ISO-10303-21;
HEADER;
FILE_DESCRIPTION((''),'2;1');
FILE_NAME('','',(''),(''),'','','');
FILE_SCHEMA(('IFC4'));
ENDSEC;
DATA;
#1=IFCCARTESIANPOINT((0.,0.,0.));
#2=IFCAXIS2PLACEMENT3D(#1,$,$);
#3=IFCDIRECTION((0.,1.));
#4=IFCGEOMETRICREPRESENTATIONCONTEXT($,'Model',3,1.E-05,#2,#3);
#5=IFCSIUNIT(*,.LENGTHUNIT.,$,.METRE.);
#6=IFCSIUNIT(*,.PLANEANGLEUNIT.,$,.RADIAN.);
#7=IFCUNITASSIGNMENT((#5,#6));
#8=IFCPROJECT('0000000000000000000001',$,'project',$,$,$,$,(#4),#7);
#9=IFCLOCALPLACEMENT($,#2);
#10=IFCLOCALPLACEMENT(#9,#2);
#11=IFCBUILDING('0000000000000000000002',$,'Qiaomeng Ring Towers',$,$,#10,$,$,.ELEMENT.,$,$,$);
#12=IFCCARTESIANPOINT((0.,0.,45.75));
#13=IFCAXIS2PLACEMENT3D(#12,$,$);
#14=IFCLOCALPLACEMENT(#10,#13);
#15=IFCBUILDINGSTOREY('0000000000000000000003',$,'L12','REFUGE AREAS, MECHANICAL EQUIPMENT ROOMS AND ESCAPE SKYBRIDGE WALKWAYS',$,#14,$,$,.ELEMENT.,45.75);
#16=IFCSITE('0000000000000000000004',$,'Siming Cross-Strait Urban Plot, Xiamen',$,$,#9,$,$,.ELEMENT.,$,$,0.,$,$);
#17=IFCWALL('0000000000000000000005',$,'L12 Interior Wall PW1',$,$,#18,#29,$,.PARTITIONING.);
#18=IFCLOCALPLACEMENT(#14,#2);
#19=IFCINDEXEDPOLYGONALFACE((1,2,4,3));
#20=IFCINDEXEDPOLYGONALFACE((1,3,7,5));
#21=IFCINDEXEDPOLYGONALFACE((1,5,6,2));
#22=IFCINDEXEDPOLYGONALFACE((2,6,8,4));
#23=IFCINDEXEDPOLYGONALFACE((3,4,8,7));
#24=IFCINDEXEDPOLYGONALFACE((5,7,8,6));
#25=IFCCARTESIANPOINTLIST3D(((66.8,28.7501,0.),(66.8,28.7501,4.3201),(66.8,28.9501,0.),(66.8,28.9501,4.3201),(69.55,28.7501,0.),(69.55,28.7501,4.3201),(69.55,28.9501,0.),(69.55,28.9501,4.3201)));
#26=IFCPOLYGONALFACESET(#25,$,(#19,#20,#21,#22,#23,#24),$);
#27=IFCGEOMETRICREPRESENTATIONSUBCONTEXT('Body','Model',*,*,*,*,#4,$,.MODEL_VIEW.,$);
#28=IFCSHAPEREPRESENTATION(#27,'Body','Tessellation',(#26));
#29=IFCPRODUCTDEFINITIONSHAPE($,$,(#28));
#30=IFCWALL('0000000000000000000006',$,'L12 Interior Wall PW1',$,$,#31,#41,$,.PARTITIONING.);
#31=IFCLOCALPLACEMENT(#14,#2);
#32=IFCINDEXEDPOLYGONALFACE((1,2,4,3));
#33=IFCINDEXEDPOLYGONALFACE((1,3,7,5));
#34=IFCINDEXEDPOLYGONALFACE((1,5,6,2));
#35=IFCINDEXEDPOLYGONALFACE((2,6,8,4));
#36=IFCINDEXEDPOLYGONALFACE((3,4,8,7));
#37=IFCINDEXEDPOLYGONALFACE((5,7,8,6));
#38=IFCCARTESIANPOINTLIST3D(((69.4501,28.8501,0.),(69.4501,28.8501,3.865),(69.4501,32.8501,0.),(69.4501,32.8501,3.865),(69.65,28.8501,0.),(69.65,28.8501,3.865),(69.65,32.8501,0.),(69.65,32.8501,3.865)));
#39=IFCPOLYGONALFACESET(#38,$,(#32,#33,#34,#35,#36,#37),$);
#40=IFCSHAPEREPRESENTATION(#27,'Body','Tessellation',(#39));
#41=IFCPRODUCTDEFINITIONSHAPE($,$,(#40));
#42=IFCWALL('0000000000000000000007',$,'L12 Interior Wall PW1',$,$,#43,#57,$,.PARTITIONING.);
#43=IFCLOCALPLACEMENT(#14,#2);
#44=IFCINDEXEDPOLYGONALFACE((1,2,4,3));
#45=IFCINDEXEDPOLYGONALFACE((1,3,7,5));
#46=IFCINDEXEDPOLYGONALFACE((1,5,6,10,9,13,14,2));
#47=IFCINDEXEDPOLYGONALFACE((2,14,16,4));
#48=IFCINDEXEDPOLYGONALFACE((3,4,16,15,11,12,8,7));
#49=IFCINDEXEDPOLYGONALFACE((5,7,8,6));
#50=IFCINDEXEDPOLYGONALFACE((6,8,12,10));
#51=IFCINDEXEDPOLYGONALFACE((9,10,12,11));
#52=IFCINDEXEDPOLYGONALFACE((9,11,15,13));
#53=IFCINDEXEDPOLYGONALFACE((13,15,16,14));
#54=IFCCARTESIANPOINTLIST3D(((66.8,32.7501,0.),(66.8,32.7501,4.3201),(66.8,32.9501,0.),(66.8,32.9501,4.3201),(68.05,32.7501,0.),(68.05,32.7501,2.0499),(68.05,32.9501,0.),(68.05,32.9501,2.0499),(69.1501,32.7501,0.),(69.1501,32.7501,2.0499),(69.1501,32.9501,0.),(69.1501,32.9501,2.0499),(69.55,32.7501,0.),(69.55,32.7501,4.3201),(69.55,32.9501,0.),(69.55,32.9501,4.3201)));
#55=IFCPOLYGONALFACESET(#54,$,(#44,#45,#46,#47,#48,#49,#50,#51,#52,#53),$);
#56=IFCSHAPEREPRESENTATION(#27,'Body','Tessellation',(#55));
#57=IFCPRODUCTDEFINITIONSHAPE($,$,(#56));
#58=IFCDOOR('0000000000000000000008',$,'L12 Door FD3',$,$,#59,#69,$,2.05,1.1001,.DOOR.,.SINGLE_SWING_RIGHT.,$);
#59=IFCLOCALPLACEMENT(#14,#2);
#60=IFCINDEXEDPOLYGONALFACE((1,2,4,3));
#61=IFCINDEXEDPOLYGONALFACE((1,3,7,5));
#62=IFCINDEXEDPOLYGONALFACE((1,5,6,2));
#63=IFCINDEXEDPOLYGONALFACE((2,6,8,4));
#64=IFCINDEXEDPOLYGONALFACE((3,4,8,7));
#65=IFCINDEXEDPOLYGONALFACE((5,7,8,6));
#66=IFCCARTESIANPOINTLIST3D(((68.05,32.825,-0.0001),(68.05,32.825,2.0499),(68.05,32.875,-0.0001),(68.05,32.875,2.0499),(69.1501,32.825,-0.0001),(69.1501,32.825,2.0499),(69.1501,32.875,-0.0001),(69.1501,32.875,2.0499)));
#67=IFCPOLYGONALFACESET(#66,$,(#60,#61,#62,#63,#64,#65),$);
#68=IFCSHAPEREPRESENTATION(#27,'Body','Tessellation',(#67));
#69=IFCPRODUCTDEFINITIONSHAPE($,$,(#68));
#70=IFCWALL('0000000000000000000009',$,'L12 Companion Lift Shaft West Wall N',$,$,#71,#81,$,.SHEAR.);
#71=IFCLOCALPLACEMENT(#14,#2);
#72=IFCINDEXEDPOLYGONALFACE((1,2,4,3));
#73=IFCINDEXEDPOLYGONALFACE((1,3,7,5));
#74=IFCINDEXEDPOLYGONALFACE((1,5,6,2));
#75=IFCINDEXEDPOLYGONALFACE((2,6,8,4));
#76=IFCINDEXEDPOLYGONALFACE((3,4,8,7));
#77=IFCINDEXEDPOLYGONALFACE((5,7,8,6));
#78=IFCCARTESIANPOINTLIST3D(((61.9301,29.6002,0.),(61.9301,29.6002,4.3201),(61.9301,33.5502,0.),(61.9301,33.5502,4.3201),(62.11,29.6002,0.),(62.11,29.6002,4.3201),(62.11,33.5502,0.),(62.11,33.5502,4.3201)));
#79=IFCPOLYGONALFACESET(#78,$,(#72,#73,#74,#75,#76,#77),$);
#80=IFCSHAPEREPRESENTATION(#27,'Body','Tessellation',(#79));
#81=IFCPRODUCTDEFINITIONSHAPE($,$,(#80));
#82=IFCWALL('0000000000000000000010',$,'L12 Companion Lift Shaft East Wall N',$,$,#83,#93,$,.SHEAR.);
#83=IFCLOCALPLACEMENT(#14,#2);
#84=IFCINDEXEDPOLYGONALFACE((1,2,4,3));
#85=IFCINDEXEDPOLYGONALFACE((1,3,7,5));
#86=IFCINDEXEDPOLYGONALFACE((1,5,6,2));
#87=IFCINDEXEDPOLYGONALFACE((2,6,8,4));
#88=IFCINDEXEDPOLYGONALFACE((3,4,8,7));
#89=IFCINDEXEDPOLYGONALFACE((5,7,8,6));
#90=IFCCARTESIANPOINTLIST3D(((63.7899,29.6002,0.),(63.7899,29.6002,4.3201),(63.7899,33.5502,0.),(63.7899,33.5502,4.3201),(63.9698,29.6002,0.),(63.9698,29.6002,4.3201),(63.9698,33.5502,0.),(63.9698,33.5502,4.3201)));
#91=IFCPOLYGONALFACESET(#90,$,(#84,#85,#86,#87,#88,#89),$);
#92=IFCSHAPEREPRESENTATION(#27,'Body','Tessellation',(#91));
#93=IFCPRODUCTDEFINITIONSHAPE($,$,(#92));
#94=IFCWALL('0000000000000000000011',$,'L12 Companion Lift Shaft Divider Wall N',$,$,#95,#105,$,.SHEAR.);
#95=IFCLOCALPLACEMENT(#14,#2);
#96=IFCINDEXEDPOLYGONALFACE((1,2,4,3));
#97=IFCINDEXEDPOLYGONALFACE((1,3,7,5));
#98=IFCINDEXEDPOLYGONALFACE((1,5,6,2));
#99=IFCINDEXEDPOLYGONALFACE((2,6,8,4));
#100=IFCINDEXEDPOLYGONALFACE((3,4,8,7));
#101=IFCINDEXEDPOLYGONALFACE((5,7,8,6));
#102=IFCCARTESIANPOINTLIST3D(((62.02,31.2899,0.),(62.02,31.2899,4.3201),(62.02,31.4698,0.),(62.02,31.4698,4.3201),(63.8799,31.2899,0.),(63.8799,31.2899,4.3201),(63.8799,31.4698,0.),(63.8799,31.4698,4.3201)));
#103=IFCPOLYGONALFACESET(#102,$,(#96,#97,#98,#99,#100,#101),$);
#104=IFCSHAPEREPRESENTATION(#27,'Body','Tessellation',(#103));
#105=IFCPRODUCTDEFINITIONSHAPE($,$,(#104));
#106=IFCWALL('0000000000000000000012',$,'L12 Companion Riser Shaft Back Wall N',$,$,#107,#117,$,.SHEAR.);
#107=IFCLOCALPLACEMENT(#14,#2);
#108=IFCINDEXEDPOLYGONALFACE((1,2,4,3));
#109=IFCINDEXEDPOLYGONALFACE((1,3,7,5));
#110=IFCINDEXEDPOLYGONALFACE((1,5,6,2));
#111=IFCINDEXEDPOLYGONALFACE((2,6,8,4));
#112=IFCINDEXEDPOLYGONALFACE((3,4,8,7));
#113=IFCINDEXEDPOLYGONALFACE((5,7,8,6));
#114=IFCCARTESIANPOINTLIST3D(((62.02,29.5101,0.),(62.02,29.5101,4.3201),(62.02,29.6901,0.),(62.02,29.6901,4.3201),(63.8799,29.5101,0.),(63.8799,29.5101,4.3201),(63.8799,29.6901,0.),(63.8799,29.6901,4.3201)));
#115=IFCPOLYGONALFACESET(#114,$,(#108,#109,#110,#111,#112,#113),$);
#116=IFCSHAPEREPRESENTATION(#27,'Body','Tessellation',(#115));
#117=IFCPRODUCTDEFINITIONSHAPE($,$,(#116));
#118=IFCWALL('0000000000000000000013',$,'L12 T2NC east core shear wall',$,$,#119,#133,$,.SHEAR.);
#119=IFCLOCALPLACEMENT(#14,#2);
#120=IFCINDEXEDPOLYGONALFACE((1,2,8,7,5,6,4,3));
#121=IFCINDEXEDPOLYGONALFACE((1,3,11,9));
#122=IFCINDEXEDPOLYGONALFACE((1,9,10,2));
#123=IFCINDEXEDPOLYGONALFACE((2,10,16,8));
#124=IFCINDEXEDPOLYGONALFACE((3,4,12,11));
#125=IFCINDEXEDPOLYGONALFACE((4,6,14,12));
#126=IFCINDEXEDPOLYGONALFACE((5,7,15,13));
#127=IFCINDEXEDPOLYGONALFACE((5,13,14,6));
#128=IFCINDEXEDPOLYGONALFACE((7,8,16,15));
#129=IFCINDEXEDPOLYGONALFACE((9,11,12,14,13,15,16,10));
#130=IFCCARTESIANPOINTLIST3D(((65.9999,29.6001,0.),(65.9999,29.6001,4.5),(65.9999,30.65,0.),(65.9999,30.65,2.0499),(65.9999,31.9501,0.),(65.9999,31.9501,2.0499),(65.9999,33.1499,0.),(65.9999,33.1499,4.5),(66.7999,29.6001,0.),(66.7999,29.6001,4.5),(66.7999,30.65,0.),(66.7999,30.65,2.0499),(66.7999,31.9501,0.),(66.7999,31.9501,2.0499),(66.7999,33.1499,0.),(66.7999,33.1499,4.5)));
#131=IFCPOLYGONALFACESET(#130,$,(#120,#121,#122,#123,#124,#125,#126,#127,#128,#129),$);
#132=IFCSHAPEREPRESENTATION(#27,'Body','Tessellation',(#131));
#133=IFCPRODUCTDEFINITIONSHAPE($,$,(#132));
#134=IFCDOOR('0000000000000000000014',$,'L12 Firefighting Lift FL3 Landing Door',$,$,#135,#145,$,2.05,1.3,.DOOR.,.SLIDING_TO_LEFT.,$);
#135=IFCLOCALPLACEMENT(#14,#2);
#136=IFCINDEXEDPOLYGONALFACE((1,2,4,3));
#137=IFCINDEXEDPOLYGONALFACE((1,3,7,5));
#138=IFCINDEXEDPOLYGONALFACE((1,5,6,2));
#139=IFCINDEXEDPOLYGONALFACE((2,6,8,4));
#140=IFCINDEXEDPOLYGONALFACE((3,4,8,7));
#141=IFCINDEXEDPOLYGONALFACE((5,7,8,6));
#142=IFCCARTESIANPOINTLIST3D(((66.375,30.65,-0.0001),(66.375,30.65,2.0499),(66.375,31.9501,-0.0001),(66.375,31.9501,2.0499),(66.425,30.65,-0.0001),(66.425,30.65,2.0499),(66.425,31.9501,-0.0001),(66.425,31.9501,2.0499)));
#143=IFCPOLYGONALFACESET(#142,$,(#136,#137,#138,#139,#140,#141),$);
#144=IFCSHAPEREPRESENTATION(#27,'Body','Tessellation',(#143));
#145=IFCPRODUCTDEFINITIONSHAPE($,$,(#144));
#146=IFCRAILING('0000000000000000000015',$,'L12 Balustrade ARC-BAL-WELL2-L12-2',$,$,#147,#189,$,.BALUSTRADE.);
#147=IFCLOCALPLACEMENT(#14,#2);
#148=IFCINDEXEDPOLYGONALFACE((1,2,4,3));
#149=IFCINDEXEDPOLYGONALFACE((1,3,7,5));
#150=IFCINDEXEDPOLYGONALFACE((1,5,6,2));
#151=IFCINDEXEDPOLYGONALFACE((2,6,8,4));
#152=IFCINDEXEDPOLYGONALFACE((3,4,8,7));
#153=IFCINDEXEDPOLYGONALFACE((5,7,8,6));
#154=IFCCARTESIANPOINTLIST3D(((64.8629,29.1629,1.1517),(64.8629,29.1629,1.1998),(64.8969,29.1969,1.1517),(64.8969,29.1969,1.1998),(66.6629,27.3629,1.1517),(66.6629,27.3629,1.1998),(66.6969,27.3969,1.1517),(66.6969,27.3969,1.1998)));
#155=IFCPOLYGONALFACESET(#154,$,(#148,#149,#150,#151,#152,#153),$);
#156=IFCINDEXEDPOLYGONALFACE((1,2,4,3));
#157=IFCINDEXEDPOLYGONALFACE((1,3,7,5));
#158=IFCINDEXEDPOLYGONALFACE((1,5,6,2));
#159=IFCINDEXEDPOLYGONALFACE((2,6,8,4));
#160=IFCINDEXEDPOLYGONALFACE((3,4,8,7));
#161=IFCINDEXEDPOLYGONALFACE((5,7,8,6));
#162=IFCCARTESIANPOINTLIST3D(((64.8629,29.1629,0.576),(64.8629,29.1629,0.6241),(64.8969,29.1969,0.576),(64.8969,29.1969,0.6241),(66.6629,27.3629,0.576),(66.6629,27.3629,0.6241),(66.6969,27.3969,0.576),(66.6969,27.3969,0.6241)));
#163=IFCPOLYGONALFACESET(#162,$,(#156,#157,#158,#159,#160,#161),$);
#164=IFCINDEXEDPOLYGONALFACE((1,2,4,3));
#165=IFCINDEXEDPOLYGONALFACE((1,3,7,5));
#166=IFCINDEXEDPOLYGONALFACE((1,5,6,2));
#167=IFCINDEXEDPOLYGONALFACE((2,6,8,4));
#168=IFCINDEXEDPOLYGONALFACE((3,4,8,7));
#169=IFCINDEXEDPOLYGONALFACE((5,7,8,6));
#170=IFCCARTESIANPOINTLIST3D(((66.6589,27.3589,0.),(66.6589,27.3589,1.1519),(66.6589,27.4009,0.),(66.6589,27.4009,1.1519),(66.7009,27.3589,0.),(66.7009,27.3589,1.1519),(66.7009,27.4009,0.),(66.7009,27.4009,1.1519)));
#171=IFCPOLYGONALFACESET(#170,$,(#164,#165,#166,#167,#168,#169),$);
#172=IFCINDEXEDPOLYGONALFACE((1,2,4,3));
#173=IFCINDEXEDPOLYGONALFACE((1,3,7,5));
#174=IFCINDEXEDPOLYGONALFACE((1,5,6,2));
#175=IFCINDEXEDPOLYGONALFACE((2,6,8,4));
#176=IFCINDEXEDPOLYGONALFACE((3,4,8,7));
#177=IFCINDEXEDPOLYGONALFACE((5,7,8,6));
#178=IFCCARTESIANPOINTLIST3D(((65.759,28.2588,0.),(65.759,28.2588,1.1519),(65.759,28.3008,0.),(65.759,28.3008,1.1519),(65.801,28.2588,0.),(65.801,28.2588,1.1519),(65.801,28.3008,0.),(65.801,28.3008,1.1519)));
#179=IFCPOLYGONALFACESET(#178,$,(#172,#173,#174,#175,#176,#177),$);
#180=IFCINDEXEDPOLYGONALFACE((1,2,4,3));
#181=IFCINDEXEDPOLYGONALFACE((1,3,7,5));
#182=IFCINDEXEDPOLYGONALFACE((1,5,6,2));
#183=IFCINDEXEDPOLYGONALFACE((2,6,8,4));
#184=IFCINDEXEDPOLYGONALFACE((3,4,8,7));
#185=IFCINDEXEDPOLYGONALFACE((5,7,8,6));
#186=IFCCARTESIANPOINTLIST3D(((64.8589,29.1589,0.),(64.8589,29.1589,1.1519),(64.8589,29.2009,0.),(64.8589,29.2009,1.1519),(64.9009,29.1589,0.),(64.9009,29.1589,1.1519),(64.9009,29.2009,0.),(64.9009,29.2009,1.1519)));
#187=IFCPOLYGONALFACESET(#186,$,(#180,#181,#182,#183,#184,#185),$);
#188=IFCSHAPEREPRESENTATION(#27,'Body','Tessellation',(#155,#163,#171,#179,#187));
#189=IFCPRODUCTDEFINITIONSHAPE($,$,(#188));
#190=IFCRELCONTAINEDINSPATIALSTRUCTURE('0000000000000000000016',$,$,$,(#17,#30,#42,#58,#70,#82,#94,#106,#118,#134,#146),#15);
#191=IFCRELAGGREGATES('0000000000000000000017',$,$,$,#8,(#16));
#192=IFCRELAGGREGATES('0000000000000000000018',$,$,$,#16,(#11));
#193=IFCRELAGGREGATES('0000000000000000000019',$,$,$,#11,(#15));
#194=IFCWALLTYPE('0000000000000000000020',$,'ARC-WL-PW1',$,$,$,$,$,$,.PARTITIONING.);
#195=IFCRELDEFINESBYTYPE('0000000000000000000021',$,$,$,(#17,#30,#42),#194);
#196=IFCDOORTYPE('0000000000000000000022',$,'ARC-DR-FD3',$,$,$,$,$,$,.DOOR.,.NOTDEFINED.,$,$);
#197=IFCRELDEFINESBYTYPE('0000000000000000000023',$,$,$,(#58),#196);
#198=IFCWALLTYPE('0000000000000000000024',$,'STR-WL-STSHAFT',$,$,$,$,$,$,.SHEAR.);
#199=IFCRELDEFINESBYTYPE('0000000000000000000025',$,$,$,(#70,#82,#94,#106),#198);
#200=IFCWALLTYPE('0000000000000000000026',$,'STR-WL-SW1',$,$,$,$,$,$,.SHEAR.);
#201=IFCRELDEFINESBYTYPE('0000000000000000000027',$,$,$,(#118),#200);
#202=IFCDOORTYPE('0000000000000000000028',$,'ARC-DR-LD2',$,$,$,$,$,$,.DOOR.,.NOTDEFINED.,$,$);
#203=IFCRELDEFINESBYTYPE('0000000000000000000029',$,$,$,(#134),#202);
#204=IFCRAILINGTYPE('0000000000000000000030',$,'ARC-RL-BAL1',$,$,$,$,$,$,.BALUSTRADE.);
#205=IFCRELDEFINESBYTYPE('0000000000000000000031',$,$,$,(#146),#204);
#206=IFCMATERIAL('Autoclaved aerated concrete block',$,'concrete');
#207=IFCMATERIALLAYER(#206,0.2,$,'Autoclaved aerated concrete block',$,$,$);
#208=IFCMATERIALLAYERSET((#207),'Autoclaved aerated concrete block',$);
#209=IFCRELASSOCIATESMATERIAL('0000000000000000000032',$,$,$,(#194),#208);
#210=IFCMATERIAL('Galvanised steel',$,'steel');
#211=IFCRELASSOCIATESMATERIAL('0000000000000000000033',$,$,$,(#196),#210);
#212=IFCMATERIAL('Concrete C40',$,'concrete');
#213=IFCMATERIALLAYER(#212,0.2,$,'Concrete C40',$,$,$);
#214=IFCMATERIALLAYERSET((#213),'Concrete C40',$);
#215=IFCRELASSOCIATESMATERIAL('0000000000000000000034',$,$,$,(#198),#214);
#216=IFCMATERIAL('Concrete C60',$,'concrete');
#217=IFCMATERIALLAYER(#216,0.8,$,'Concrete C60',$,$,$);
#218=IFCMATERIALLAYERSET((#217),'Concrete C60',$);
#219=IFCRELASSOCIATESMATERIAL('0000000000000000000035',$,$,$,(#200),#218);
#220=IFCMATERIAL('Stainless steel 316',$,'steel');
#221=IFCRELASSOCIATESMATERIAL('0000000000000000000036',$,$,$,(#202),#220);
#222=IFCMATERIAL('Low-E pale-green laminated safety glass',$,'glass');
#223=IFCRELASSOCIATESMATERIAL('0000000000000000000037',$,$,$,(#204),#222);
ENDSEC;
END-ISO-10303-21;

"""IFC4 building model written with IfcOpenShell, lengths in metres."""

from ifc_helpers import new_model, si_unit, direction, frame, frame_2d, origin, origin_2d, place, context, subcontext, project, spatial, rectangle, extrude, source, transform, mapped, material, layer, layer_set, type_object, element, fill, save


model = new_model("IFC4")

# Units and contexts
model_context = context("Model", 3, precision=1e-05, world=origin(), true_north=direction((0.0, 1.0)))
body_context = subcontext(model_context, "Body", "Model", "MODEL_VIEW")
ifc_project = project(units=[si_unit("LENGTHUNIT", "METRE"), si_unit("PLANEANGLEUNIT", "RADIAN")], contexts=[model_context])

# Site, building, storey
site_placement = place(None, origin())
site = spatial("IfcSite", under=ifc_project, at=site_placement, Name="Siming Cross-Strait Urban Plot, Xiamen", CompositionType="ELEMENT", RefElevation=0.0)
building_placement = place(site_placement, origin())
building = spatial("IfcBuilding", under=site, at=building_placement, Name="Qiaomeng Ring Towers", CompositionType="ELEMENT")
storey_placement = place(building_placement, frame((0.0, 0.0, 45.75)))
storey = spatial("IfcBuildingStorey", under=building, at=storey_placement, Name="L12", Description="REFUGE AREAS, MECHANICAL EQUIPMENT ROOMS AND ESCAPE SKYBRIDGE WALKWAYS", CompositionType="ELEMENT", Elevation=45.75)

# Shared definitions
ifc_material_1 = material(Name="Concrete C60", Category="concrete")

# Walls
ifc_material_2 = material(Name="Autoclaved aerated concrete block", Category="concrete")
ifc_layer_1 = layer(ifc_material_2, 0.2, Name="Autoclaved aerated concrete block")
ifc_layer_set_1 = layer_set([ifc_layer_1], Name="Autoclaved aerated concrete block")
wall_type_1 = type_object("IfcWallType", Name="ARC-WL-PW1", PredefinedType="PARTITIONING", material=ifc_layer_set_1)
wall_1_placement = place(storey_placement, frame((66.8, 28.8501, 0.0), z_axis=(0.0, 0.0, 1.0), x_axis=(1.0, 0.0, 0.0)))
element("IfcWall", 1, at=wall_1_placement, inside=storey, type_object=wall_type_1, Name="L12 Interior Wall PW1", PredefinedType="PARTITIONING", context=body_context, shape_type="SweptSolid", body=[
    extrude(rectangle(XDim=2.75, YDim=0.2, at=frame_2d((1.375, 0.0))), origin(), (0.0, 0.0, 1.0), 4.3201),
])
wall_2_placement = place(storey_placement, frame((69.55, 28.8501, 0.0), z_axis=(0.0, 0.0, 1.0), x_axis=(0.0, 1.0, 0.0)))
element("IfcWall", 2, at=wall_2_placement, inside=storey, type_object=wall_type_1, Name="L12 Interior Wall PW1", PredefinedType="PARTITIONING", context=body_context, shape_type="SweptSolid", body=[
    extrude(rectangle(XDim=4.0, YDim=0.2, at=frame_2d((2.0, 0.0))), origin(), (0.0, 0.0, 1.0), 3.865),
])

# Wall, opening, door
wall_3_placement = place(storey_placement, frame((66.8, 32.8501, 0.0), z_axis=(0.0, 0.0, 1.0), x_axis=(1.0, 0.0, 0.0)))
wall_3 = element("IfcWall", 3, at=wall_3_placement, inside=storey, type_object=wall_type_1, Name="L12 Interior Wall PW1", PredefinedType="PARTITIONING", context=body_context, shape_type="SweptSolid", body=[
    extrude(rectangle(XDim=2.75, YDim=0.2, at=frame_2d((1.375, 0.0))), origin(), (0.0, 0.0, 1.0), 4.3201),
])
opening_1_placement = place(wall_3_placement, frame((1.25, 0.0, 0.0)))
opening_1 = element("IfcOpeningElement", 4, at=opening_1_placement, cuts=wall_3, PredefinedType="OPENING", context=body_context, shape_type="SweptSolid", body=[
    extrude(rectangle(XDim=1.1001, YDim=2.05, at=frame_2d((0.55, 1.0249))), frame((0.0, 0.1099, 0.0), z_axis=(0.0, -1.0, 0.0), x_axis=(1.0, 0.0, 0.0)), (0.0, 0.0, 1.0), 0.22),
])
ifc_material_3 = material(Name="Galvanised steel", Category="steel")
door_type_1 = type_object("IfcDoorType", Name="ARC-DR-FD3", OperationType="NOTDEFINED", PredefinedType="DOOR", material=ifc_material_3)
shared_shape_1 = source(origin(), body_context, "Body", "SweptSolid", [
    extrude(rectangle(XDim=1.1001, YDim=2.05, at=frame_2d((0.55, 1.0249))), frame((0.0, 0.0249, 0.0), z_axis=(0.0, -1.0, 0.0), x_axis=(1.0, 0.0, 0.0)), (0.0, 0.0, 1.0), 0.05),
])
door_1_placement = place(opening_1_placement, origin())
door_1 = element("IfcDoor", 5, at=door_1_placement, inside=storey, type_object=door_type_1, Name="L12 Door FD3", OperationType="SINGLE_SWING_RIGHT", OverallHeight=2.05, OverallWidth=1.1001, PredefinedType="DOOR", context=body_context, shape_type="MappedRepresentation", body=[
    mapped(shared_shape_1, transform((0.0, 0.0, 0.0), x_axis=(1.0, 0.0, 0.0), y_axis=(0.0, 1.0, 0.0), z_axis=(0.0, 0.0, 1.0), scale=1.0)),
])
fill(opening_1, door_1)

# Walls
ifc_material_4 = material(Name="Concrete C40", Category="concrete")
ifc_layer_2 = layer(ifc_material_4, 0.2, Name="Concrete C40")
ifc_layer_set_2 = layer_set([ifc_layer_2], Name="Concrete C40")
wall_type_2 = type_object("IfcWallType", Name="STR-WL-STSHAFT", PredefinedType="SHEAR", material=ifc_layer_set_2)
for number, where, z_axis, x_axis, name in (
    (6, (62.02, 29.6001, 0.0), (0.0, 0.0, 1.0), (0.0, 1.0, 0.0), "L12 Companion Lift Shaft West Wall N"),
    (7, (63.8799, 29.6001, 0.0), (0.0, 0.0, 1.0), (0.0, 1.0, 0.0), "L12 Companion Lift Shaft East Wall N"),
):
    element("IfcWall", number, at=place(storey_placement, frame(where, z_axis=z_axis, x_axis=x_axis)), inside=storey, type_object=wall_type_2, Name=name, PredefinedType="SHEAR", context=body_context, shape_type="SweptSolid", body=[
        extrude(rectangle(XDim=3.95, YDim=0.1799, at=frame_2d((1.9751, 0.0))), origin(), (0.0, 0.0, 1.0), 4.3201),
    ])
for number, where, z_axis, x_axis, name in (
    (8, (62.02, 31.3799, 0.0), (0.0, 0.0, 1.0), (1.0, 0.0, 0.0), "L12 Companion Lift Shaft Divider Wall N"),
    (9, (62.02, 29.6001, 0.0), (0.0, 0.0, 1.0), (1.0, 0.0, 0.0), "L12 Companion Riser Shaft Back Wall N"),
):
    element("IfcWall", number, at=place(storey_placement, frame(where, z_axis=z_axis, x_axis=x_axis)), inside=storey, type_object=wall_type_2, Name=name, PredefinedType="SHEAR", context=body_context, shape_type="SweptSolid", body=[
        extrude(rectangle(XDim=1.8599, YDim=0.1799, at=frame_2d((0.9299, 0.0))), origin(), (0.0, 0.0, 1.0), 4.3201),
    ])

# Wall, opening, door
ifc_layer_3 = layer(ifc_material_1, 0.8, Name="Concrete C60")
ifc_layer_set_3 = layer_set([ifc_layer_3], Name="Concrete C60")
wall_type_3 = type_object("IfcWallType", Name="STR-WL-SW1", PredefinedType="SHEAR", material=ifc_layer_set_3)
wall_4_placement = place(storey_placement, frame((66.3999, 29.6001, 0.0), z_axis=(0.0, 0.0, 1.0), x_axis=(0.0, 1.0, 0.0)))
wall_4 = element("IfcWall", 10, at=wall_4_placement, inside=storey, type_object=wall_type_3, Name="L12 T2NC east core shear wall", PredefinedType="SHEAR", context=body_context, shape_type="SweptSolid", body=[
    extrude(rectangle(XDim=3.5498, YDim=0.8, at=frame_2d((1.7749, 0.0))), origin(), (0.0, 0.0, 1.0), 4.5),
])
opening_2_placement = place(wall_4_placement, frame((1.05, 0.0, 0.0)))
opening_2 = element("IfcOpeningElement", 11, at=opening_2_placement, cuts=wall_4, PredefinedType="OPENING", context=body_context, shape_type="SweptSolid", body=[
    extrude(rectangle(XDim=1.3, YDim=2.05, at=frame_2d((0.6499, 1.0249))), frame((0.0, 0.4099, 0.0), z_axis=(0.0, -1.0, 0.0), x_axis=(1.0, 0.0, 0.0)), (0.0, 0.0, 1.0), 0.8201),
])
ifc_material_5 = material(Name="Stainless steel 316", Category="steel")
door_type_2 = type_object("IfcDoorType", Name="ARC-DR-LD2", OperationType="NOTDEFINED", PredefinedType="DOOR", material=ifc_material_5)
shared_shape_2 = source(origin(), body_context, "Body", "SweptSolid", [
    extrude(rectangle(XDim=1.3, YDim=2.05, at=frame_2d((0.6499, 1.0249))), frame((0.0, 0.0249, 0.0), z_axis=(0.0, -1.0, 0.0), x_axis=(1.0, 0.0, 0.0)), (0.0, 0.0, 1.0), 0.05),
])
door_2_placement = place(opening_2_placement, origin())
door_2 = element("IfcDoor", 12, at=door_2_placement, inside=storey, type_object=door_type_2, Name="L12 Firefighting Lift FL3 Landing Door", OperationType="SLIDING_TO_LEFT", OverallHeight=2.05, OverallWidth=1.3, PredefinedType="DOOR", context=body_context, shape_type="MappedRepresentation", body=[
    mapped(shared_shape_2, transform((0.0, 0.0, 0.0), x_axis=(1.0, 0.0, 0.0), y_axis=(0.0, 1.0, 0.0), z_axis=(0.0, 0.0, 1.0), scale=1.0)),
])
fill(opening_2, door_2)

# Railing
ifc_material_6 = material(Name="Low-E pale-green laminated safety glass", Category="glass")
railing_type = type_object("IfcRailingType", Name="ARC-RL-BAL1", PredefinedType="BALUSTRADE", material=ifc_material_6)
railing_1_placement = place(storey_placement, frame((66.6799, 27.3799, 0.0)))
element("IfcRailing", 13, at=railing_1_placement, inside=storey, type_object=railing_type, Name="L12 Balustrade ARC-BAL-WELL2-L12-2", PredefinedType="BALUSTRADE", context=body_context, shape_type="SweptSolid", body=[
    extrude(rectangle(XDim=0.0481, YDim=0.0481, at=origin_2d()), frame((0.0, 0.0, 1.1758), z_axis=(-0.707107, 0.707107, 0.0), x_axis=(-0.707107, -0.707107, 0.0)), (0.0, 0.0, 1.0), 2.5457),
    extrude(rectangle(XDim=0.0481, YDim=0.0481, at=origin_2d()), frame((0.0, 0.0, 0.6001), z_axis=(-0.707107, 0.707107, 0.0), x_axis=(-0.707107, -0.707107, 0.0)), (0.0, 0.0, 1.0), 2.5457),
    extrude(rectangle(XDim=0.042, YDim=0.042, at=origin_2d()), origin(), (0.0, 0.0, 1.0), 1.1519),
    extrude(rectangle(XDim=0.042, YDim=0.042, at=origin_2d()), frame((-0.8999, 0.8999, 0.0)), (0.0, 0.0, 1.0), 1.1519),
    extrude(rectangle(XDim=0.042, YDim=0.042, at=origin_2d()), frame((-1.8, 1.8, 0.0)), (0.0, 0.0, 1.0), 1.1519),
])

save(model, "model.ifc")
